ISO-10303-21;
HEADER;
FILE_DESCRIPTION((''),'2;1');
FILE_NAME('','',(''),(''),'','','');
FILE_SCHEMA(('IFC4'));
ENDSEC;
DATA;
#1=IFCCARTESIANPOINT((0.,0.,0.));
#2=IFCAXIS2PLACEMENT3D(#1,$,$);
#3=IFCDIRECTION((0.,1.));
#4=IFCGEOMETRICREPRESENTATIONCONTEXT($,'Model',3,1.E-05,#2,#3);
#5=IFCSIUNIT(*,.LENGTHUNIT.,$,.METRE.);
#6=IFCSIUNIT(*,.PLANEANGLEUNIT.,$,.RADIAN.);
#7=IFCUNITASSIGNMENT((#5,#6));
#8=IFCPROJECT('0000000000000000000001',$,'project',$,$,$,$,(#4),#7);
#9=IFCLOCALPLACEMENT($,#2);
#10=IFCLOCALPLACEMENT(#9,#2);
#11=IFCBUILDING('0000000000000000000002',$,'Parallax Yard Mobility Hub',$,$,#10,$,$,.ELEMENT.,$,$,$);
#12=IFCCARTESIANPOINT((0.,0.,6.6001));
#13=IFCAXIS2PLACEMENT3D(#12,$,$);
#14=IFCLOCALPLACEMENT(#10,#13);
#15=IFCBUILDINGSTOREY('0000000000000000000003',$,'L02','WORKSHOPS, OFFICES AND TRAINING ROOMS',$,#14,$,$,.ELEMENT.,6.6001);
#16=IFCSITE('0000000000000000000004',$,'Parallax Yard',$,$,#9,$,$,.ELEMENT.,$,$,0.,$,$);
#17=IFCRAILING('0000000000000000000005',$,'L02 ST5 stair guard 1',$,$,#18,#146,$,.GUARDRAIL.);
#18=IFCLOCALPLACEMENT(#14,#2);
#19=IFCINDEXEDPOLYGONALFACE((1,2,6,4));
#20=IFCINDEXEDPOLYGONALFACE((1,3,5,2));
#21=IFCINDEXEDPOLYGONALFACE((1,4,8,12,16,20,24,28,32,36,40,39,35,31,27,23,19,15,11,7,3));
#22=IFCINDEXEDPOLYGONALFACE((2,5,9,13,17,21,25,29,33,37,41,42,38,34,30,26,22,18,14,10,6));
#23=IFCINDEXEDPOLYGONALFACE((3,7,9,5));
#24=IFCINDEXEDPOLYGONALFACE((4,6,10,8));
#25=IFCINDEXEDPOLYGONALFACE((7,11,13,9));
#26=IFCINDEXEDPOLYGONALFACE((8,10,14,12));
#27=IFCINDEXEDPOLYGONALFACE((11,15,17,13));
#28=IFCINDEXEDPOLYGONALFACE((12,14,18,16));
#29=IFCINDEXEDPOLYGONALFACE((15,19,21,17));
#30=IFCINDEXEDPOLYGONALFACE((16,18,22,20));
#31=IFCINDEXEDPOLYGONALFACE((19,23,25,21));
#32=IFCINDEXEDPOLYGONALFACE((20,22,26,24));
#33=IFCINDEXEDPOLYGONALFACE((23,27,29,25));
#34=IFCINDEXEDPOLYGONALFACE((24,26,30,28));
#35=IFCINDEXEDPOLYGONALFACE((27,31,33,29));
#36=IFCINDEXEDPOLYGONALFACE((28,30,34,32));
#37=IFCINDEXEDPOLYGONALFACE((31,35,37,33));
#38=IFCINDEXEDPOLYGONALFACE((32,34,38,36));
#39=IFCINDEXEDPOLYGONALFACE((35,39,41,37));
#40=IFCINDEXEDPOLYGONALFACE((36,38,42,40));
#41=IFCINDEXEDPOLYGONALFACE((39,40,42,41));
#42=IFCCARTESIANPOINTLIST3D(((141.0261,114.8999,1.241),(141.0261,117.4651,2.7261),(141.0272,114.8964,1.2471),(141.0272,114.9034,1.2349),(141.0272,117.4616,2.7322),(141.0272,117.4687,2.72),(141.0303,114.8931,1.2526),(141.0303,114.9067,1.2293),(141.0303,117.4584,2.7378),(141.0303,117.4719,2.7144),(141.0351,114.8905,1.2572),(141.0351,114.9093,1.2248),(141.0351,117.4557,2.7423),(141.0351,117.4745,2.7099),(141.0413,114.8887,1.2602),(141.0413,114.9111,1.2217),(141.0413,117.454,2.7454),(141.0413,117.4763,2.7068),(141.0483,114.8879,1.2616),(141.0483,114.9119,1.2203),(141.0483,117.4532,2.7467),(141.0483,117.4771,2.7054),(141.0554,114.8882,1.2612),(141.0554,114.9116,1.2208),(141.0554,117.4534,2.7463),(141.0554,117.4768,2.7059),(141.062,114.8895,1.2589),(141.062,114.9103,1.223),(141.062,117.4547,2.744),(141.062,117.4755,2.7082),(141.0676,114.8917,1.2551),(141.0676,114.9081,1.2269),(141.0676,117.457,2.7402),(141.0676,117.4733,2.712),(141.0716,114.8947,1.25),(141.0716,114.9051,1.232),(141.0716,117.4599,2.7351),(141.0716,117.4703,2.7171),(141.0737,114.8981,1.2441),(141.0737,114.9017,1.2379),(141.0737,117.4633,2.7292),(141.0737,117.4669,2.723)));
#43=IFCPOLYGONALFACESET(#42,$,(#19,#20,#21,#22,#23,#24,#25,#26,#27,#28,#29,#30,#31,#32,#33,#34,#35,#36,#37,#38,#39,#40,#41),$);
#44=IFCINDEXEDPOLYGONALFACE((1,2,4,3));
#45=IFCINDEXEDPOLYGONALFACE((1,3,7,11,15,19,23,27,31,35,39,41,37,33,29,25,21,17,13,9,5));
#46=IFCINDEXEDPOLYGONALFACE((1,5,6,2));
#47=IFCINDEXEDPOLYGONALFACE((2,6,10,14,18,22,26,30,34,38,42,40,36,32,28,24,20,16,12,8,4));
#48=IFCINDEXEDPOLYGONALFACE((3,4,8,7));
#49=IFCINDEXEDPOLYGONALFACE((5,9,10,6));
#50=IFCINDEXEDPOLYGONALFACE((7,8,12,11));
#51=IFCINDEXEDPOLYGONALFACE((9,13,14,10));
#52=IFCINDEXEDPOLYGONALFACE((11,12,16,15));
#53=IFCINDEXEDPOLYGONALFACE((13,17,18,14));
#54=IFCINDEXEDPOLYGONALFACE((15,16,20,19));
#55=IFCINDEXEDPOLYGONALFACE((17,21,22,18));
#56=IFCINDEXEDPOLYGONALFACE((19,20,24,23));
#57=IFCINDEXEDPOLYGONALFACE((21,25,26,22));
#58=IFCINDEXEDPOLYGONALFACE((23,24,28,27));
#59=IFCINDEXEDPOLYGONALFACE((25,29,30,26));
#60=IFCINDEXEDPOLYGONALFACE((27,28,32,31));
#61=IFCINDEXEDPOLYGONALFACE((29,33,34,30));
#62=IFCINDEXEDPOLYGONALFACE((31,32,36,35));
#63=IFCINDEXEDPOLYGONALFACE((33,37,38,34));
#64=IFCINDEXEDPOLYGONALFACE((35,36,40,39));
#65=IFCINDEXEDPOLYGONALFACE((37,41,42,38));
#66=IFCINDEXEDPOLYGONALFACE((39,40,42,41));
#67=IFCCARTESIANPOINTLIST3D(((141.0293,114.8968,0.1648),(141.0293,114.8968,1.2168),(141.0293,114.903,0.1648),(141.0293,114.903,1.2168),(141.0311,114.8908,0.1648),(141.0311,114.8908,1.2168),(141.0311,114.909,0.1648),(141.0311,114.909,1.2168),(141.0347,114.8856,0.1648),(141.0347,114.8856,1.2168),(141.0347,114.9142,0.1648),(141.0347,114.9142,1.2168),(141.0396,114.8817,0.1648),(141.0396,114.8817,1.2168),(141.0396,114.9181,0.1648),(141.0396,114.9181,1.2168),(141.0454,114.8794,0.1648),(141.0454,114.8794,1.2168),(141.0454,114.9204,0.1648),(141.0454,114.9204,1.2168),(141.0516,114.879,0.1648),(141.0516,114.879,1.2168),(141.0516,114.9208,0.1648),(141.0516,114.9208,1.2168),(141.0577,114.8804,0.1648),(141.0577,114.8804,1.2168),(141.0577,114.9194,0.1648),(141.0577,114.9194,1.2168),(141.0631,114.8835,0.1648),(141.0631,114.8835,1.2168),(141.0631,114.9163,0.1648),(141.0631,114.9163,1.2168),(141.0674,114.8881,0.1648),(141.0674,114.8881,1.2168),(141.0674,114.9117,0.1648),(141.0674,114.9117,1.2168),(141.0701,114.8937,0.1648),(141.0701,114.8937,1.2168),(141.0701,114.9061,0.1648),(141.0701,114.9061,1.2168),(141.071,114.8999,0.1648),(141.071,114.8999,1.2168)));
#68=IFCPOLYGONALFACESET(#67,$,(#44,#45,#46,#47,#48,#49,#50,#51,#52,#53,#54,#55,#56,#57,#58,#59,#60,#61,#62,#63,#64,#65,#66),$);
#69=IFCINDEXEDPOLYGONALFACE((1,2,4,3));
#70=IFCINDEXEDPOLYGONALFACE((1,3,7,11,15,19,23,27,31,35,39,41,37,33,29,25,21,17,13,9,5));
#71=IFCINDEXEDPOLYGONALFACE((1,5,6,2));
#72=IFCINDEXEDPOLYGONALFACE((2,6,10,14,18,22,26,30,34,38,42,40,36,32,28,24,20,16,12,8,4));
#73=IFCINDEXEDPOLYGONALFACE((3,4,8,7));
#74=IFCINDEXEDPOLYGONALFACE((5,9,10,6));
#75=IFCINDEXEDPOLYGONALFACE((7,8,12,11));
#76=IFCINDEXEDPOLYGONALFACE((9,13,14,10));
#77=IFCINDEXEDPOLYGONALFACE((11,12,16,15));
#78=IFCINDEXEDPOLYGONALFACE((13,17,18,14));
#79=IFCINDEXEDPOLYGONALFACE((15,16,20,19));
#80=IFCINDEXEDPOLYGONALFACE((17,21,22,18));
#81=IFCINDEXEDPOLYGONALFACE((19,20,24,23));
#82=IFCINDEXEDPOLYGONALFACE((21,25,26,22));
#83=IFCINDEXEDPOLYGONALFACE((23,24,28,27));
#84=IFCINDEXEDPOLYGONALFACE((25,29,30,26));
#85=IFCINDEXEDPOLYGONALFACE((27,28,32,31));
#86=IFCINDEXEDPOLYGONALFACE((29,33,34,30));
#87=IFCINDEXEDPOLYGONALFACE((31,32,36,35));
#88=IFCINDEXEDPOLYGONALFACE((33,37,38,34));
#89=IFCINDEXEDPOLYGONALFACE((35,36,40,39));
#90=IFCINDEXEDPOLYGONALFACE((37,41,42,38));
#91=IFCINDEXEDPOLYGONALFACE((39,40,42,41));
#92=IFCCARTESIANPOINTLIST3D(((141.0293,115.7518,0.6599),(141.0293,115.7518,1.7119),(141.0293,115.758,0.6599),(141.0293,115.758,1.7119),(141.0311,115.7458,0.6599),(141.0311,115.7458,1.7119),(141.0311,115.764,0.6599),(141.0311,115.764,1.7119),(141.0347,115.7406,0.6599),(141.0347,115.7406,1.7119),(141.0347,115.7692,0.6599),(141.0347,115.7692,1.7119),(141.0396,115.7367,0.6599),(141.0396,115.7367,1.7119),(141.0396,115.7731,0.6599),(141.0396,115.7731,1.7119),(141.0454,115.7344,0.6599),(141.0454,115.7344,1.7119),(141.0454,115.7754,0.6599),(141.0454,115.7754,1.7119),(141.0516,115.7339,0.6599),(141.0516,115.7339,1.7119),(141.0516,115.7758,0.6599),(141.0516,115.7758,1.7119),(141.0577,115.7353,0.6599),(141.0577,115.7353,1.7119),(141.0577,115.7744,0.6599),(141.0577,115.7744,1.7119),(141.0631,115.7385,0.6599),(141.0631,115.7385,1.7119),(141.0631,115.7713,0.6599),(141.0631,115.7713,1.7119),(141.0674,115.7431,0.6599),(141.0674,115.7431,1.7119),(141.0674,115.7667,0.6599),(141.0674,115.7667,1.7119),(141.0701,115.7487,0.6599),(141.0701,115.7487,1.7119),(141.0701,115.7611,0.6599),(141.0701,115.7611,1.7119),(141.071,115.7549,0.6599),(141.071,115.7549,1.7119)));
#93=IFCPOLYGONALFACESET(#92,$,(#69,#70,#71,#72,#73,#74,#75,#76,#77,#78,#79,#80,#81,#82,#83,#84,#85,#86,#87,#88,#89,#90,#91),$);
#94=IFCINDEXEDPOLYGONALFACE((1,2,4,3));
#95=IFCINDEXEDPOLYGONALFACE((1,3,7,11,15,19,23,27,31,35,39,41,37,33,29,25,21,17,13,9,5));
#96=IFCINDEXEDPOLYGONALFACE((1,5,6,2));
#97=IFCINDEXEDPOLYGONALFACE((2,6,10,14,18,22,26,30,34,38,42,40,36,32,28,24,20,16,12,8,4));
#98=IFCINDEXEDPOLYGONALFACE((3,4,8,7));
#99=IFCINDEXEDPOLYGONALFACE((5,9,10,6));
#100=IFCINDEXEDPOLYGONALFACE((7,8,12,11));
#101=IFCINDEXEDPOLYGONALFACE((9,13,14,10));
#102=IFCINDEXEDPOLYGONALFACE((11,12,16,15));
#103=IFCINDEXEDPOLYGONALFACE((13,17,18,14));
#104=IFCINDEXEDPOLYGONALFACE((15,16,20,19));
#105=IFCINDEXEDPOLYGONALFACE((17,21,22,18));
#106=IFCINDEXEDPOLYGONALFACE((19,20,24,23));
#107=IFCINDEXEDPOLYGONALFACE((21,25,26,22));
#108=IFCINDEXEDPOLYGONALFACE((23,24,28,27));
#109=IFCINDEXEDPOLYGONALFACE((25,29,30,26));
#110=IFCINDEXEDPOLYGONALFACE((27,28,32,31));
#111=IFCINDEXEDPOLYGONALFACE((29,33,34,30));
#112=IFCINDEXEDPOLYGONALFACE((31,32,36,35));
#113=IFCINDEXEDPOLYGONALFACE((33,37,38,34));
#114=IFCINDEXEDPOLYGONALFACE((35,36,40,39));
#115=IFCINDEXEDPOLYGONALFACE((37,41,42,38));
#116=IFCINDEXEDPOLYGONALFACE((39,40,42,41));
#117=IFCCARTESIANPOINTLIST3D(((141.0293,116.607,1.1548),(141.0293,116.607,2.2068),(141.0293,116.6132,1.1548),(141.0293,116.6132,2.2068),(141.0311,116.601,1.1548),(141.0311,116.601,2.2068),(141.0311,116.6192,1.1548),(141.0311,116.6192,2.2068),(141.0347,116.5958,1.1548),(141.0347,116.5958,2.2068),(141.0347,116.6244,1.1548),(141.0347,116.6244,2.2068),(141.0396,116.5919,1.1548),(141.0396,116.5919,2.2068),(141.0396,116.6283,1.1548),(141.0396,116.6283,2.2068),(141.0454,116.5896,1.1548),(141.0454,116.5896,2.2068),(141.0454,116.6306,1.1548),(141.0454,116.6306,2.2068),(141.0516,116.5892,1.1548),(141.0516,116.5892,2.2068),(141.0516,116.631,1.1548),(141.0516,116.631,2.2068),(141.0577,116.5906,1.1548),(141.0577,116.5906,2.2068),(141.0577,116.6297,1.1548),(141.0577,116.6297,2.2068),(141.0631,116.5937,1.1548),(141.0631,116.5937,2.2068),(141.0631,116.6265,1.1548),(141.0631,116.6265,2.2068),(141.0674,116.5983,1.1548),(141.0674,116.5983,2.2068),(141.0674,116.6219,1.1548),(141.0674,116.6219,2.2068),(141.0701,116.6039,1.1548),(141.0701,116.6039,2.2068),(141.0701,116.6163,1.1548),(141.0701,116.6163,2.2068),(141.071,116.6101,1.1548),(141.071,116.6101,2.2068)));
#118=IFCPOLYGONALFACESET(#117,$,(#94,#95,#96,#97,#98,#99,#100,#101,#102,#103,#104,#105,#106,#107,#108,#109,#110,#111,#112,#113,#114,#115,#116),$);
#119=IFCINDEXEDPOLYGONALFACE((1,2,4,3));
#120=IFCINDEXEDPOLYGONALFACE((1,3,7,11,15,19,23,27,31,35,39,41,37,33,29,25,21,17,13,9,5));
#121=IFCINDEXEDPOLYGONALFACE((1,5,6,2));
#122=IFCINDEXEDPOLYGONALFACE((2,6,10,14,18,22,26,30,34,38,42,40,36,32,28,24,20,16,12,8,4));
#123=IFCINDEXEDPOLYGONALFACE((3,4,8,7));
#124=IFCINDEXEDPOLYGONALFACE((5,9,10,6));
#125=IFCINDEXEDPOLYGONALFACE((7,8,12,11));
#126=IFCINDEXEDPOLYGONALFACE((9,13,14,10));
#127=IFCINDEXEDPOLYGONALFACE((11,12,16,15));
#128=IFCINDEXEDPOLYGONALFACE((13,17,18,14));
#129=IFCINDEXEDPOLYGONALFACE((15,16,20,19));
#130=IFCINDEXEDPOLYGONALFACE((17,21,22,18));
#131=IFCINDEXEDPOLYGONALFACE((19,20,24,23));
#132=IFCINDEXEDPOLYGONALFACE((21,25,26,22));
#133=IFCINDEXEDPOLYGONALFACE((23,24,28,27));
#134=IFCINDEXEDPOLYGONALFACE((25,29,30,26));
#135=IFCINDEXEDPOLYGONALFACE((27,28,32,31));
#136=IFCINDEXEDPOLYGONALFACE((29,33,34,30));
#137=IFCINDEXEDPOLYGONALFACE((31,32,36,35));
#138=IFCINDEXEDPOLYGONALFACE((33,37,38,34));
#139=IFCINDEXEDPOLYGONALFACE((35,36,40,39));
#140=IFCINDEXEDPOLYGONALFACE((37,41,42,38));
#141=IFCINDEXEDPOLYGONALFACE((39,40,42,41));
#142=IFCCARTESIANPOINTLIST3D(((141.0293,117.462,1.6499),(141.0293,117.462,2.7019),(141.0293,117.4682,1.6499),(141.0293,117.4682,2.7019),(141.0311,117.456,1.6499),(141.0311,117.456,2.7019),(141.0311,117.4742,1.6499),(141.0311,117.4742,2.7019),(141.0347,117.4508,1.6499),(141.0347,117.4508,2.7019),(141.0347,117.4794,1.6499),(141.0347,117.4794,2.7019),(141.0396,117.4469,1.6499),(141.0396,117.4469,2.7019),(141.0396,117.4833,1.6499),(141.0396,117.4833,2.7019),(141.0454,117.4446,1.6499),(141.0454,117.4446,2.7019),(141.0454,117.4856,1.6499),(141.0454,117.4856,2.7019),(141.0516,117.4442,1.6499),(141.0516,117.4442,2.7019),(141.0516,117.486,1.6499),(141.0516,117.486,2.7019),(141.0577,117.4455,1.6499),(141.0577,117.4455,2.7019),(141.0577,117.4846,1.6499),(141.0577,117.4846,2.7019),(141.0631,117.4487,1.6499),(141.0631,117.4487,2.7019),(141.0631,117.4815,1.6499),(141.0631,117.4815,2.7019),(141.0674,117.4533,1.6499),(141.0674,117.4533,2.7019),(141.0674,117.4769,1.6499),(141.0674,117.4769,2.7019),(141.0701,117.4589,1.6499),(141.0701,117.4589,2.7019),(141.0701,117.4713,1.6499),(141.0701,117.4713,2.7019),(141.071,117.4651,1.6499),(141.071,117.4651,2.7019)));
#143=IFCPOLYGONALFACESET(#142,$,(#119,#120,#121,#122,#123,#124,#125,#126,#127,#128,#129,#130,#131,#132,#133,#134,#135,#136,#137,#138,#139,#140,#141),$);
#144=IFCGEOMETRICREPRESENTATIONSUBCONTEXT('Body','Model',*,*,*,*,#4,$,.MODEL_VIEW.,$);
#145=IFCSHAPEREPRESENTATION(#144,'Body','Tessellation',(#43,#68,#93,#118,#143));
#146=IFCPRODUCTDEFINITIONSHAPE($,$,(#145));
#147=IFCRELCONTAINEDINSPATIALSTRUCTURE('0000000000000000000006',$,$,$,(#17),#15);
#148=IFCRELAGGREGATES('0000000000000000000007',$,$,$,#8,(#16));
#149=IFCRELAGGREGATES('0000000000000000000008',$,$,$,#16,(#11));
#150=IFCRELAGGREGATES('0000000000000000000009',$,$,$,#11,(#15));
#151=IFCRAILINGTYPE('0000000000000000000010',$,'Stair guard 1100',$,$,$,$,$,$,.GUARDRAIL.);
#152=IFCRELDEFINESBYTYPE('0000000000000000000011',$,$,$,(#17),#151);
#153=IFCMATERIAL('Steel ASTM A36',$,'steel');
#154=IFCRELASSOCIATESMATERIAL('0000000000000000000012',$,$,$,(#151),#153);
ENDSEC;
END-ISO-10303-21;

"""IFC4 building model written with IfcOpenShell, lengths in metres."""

from ifc_helpers import new_model, si_unit, direction, frame, origin, origin_2d, place, context, subcontext, project, spatial, circle, extrude, material, type_object, element, save


model = new_model("IFC4")

# Units and contexts
model_context = context("Model", 3, precision=1e-05, world=origin(), true_north=direction((0.0, 1.0)))
body_context = subcontext(model_context, "Body", "Model", "MODEL_VIEW")
ifc_project = project(units=[si_unit("LENGTHUNIT", "METRE"), si_unit("PLANEANGLEUNIT", "RADIAN")], contexts=[model_context])

# Site, building, storey
site_placement = place(None, origin())
site = spatial("IfcSite", under=ifc_project, at=site_placement, Name="Parallax Yard", CompositionType="ELEMENT", RefElevation=0.0)
building_placement = place(site_placement, origin())
building = spatial("IfcBuilding", under=site, at=building_placement, Name="Parallax Yard Mobility Hub", CompositionType="ELEMENT")
storey_placement = place(building_placement, frame((0.0, 0.0, 6.6001)))
storey = spatial("IfcBuildingStorey", under=building, at=storey_placement, Name="L02", Description="WORKSHOPS, OFFICES AND TRAINING ROOMS", CompositionType="ELEMENT", Elevation=6.6001)

# Railing
ifc_material_1 = material(Name="Steel ASTM A36", Category="steel")
railing_type_1 = type_object("IfcRailingType", Name="Stair guard 1100", PredefinedType="GUARDRAIL", material=ifc_material_1)
railing_1_placement = place(storey_placement, frame((141.05, 114.8999, 0.1648)))
element("IfcRailing", 1, at=railing_1_placement, inside=storey, type_object=railing_type_1, Name="L02 ST5 stair guard 1", PredefinedType="GUARDRAIL", context=body_context, shape_type="SweptSolid", body=[
    extrude(circle(Radius=0.0239, at=origin_2d()), frame((0.0, 0.0, 1.0762), z_axis=(0.0, 0.865426, 0.501036), x_axis=(-1.0, 0.0, 0.0)), (0.0, 0.0, 1.0), 2.9641),
    extrude(circle(Radius=0.021, at=origin_2d()), origin(), (0.0, 0.0, 1.0), 1.052),
    extrude(circle(Radius=0.021, at=origin_2d()), frame((0.0, 0.855, 0.4951)), (0.0, 0.0, 1.0), 1.052),
    extrude(circle(Radius=0.021, at=origin_2d()), frame((0.0, 1.7102, 0.99)), (0.0, 0.0, 1.0), 1.052),
    extrude(circle(Radius=0.021, at=origin_2d()), frame((0.0, 2.5652, 1.4851)), (0.0, 0.0, 1.0), 1.052),
])

save(model, "model.ifc")
